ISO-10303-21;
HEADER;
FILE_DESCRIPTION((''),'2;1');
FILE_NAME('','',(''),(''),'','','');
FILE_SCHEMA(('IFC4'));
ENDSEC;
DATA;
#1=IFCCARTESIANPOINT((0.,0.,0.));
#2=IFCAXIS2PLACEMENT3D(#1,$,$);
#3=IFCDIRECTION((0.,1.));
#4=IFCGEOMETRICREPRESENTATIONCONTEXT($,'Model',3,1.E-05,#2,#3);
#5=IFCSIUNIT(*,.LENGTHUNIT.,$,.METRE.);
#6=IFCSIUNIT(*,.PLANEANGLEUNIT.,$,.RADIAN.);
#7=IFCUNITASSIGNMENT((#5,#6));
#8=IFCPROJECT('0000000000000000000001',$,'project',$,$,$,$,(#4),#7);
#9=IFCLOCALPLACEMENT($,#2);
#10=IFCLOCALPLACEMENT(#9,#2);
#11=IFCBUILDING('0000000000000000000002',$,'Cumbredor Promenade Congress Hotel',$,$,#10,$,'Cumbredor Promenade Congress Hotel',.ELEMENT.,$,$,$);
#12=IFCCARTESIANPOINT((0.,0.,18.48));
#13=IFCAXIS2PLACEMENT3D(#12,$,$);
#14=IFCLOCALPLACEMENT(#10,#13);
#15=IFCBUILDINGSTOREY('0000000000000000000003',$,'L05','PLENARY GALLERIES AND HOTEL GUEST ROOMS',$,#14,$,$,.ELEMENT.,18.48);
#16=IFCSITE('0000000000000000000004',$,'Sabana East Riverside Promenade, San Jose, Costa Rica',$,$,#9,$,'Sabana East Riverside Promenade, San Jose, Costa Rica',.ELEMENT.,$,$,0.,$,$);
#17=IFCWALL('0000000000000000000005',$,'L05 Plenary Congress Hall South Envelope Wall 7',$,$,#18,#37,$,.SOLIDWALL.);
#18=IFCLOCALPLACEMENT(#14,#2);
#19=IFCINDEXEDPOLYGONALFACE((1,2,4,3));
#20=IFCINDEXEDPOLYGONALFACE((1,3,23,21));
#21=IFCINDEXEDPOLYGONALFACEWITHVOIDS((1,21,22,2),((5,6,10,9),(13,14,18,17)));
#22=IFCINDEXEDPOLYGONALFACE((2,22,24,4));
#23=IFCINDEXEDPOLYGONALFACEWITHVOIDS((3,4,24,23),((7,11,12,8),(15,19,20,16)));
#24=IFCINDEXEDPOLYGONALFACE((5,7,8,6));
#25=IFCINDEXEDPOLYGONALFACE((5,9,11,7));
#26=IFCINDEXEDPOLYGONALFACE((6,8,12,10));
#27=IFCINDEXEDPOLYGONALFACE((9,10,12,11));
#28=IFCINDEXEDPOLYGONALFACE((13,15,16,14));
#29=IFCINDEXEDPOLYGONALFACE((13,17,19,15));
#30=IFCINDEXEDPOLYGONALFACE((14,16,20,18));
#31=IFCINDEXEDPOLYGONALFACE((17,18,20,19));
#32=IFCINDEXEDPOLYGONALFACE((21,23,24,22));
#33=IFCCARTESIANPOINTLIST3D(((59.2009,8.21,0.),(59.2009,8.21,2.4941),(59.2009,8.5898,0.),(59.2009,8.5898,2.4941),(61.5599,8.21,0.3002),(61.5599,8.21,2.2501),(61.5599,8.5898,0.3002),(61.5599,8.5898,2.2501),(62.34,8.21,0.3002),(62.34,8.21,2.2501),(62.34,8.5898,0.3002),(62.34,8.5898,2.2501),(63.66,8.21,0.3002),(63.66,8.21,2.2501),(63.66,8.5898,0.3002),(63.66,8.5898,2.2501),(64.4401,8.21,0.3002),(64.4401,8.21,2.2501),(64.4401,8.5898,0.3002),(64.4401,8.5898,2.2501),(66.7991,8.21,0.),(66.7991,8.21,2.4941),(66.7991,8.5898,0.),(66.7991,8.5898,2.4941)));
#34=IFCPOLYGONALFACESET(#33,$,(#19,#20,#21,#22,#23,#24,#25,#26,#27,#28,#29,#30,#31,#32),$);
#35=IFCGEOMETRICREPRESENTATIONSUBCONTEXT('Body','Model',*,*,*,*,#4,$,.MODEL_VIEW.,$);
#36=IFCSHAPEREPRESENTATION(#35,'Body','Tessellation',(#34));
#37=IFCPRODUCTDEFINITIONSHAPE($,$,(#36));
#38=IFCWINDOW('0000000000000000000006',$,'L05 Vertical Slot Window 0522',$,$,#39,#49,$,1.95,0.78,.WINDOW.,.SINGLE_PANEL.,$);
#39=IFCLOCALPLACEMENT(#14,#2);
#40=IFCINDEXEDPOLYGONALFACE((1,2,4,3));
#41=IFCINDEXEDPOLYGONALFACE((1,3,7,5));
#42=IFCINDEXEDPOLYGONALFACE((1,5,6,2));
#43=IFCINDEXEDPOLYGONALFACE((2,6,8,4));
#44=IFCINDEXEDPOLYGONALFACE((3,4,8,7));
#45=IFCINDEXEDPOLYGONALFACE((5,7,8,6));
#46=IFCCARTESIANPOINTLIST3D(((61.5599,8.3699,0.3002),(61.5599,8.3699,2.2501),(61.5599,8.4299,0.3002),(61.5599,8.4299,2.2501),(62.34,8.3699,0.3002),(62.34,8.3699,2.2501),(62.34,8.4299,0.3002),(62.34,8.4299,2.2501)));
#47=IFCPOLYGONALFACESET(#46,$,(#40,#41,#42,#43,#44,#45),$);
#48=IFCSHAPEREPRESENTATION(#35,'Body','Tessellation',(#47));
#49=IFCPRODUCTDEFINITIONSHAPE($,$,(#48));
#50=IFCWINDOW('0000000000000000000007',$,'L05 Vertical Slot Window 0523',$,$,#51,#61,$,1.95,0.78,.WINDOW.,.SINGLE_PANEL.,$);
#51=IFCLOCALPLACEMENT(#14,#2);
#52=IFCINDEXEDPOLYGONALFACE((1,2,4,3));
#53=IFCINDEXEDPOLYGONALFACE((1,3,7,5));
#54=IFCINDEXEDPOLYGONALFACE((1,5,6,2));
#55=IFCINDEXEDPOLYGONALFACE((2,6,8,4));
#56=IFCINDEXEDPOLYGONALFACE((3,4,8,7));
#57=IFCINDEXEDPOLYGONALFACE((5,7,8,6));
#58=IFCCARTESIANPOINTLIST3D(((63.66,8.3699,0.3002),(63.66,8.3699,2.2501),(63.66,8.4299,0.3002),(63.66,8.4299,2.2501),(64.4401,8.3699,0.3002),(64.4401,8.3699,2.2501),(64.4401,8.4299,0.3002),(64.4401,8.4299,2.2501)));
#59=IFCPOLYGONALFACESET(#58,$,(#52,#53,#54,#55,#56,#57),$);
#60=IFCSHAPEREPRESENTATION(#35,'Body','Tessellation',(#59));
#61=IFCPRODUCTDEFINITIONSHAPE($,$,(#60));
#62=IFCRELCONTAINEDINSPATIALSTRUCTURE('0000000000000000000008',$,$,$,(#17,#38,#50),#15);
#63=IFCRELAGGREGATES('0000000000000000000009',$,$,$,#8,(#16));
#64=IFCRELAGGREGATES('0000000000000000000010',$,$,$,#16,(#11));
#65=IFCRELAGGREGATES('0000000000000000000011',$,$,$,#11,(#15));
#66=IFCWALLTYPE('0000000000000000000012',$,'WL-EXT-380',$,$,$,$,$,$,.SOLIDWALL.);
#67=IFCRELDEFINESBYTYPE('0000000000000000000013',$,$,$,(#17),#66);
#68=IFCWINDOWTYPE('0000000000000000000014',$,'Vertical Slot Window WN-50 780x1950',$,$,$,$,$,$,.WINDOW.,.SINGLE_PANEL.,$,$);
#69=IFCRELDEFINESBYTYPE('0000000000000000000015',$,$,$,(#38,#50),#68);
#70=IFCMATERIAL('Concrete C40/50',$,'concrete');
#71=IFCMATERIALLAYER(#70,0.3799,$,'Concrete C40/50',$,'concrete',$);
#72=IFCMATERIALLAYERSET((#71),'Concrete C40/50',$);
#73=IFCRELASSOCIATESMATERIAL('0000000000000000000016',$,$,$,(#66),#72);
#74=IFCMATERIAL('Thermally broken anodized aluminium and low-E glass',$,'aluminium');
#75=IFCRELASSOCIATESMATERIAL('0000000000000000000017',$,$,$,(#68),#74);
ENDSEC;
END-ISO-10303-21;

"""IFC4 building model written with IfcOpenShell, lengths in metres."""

from ifc_helpers import new_model, si_unit, direction, frame, frame_2d, origin, place, context, subcontext, project, spatial, rectangle, extrude, material, layer, layer_set, type_object, element, fill, save


model = new_model("IFC4")

# Units and contexts
model_context = context("Model", 3, precision=1e-05, world=origin(), true_north=direction((0.0, 1.0)))
body_context = subcontext(model_context, "Body", "Model", "MODEL_VIEW")
ifc_project = project(units=[si_unit("LENGTHUNIT", "METRE"), si_unit("PLANEANGLEUNIT", "RADIAN")], contexts=[model_context])

# Site, building, storey
site_placement = place(None, origin())
site = spatial("IfcSite", under=ifc_project, at=site_placement, Name="Sabana East Riverside Promenade, San Jose, Costa Rica", LongName="Sabana East Riverside Promenade, San Jose, Costa Rica", CompositionType="ELEMENT", RefElevation=0.0)
building_placement = place(site_placement, origin())
building = spatial("IfcBuilding", under=site, at=building_placement, Name="Cumbredor Promenade Congress Hotel", LongName="Cumbredor Promenade Congress Hotel", CompositionType="ELEMENT")
storey_placement = place(building_placement, frame((0.0, 0.0, 18.48)))
storey = spatial("IfcBuildingStorey", under=building, at=storey_placement, Name="L05", Description="PLENARY GALLERIES AND HOTEL GUEST ROOMS", CompositionType="ELEMENT", Elevation=18.48)

# Shared definitions
ifc_material_1 = material(Name="Thermally broken anodized aluminium and low-E glass", Category="aluminium")

# Wall, openings, windows
ifc_material_2 = material(Name="Concrete C40/50", Category="concrete")
ifc_layer_1 = layer(ifc_material_2, 0.3799, Name="Concrete C40/50", Category="concrete")
ifc_layer_set_1 = layer_set([ifc_layer_1], Name="Concrete C40/50")
wall_type_1 = type_object("IfcWallType", Name="WL-EXT-380", PredefinedType="SOLIDWALL", material=ifc_layer_set_1)
wall_1_placement = place(storey_placement, frame((59.2009, 8.3999, 0.0), z_axis=(0.0, 0.0, 1.0), x_axis=(1.0, 0.0, 0.0)))
wall_1 = element("IfcWall", 1, at=wall_1_placement, inside=storey, type_object=wall_type_1, Name="L05 Plenary Congress Hall South Envelope Wall 7", PredefinedType="SOLIDWALL", context=body_context, shape_type="SweptSolid", body=[
    extrude(rectangle(XDim=7.5981, YDim=0.3799, at=frame_2d((3.7991, 0.0))), origin(), (0.0, 0.0, 1.0), 2.4941),
])
opening_1_placement = place(wall_1_placement, frame((2.3589, 0.0, 0.3)))
opening_1 = element("IfcOpeningElement", 2, at=opening_1_placement, cuts=wall_1, PredefinedType="OPENING", context=body_context, shape_type="SweptSolid", body=[
    extrude(rectangle(XDim=0.78, YDim=1.95, at=frame_2d((0.3901, 0.9751))), frame((0.0, 0.2, 0.0), z_axis=(0.0, -1.0, 0.0), x_axis=(1.0, 0.0, 0.0)), (0.0, 0.0, 1.0), 0.3999),
])
opening_2_placement = place(wall_1_placement, frame((4.459, 0.0, 0.3)))
opening_2 = element("IfcOpeningElement", 3, at=opening_2_placement, cuts=wall_1, PredefinedType="OPENING", context=body_context, shape_type="SweptSolid", body=[
    extrude(rectangle(XDim=0.78, YDim=1.95, at=frame_2d((0.3901, 0.9751))), frame((0.0, 0.2, 0.0), z_axis=(0.0, -1.0, 0.0), x_axis=(1.0, 0.0, 0.0)), (0.0, 0.0, 1.0), 0.3999),
])
window_type_1 = type_object("IfcWindowType", Name="Vertical Slot Window WN-50 780x1950", PartitioningType="SINGLE_PANEL", PredefinedType="WINDOW", material=ifc_material_1)
window_1_placement = place(opening_1_placement, origin())
window_1 = element("IfcWindow", 4, at=window_1_placement, inside=storey, type_object=window_type_1, Name="L05 Vertical Slot Window 0522", OverallHeight=1.95, OverallWidth=0.78, PartitioningType="SINGLE_PANEL", PredefinedType="WINDOW", context=body_context, shape_type="SweptSolid", body=[
    extrude(rectangle(XDim=0.78, YDim=1.95, at=frame_2d((0.3901, 0.9751))), frame((0.0, 0.03, 0.0), z_axis=(0.0, -1.0, 0.0), x_axis=(1.0, 0.0, 0.0)), (0.0, 0.0, 1.0), 0.0601),
])
fill(opening_1, window_1)
window_2_placement = place(opening_2_placement, origin())
window_2 = element("IfcWindow", 5, at=window_2_placement, inside=storey, type_object=window_type_1, Name="L05 Vertical Slot Window 0523", OverallHeight=1.95, OverallWidth=0.78, PartitioningType="SINGLE_PANEL", PredefinedType="WINDOW", context=body_context, shape_type="SweptSolid", body=[
    extrude(rectangle(XDim=0.78, YDim=1.95, at=frame_2d((0.3901, 0.9751))), frame((0.0, 0.03, 0.0), z_axis=(0.0, -1.0, 0.0), x_axis=(1.0, 0.0, 0.0)), (0.0, 0.0, 1.0), 0.0601),
])
fill(opening_2, window_2)

save(model, "model.ifc")
